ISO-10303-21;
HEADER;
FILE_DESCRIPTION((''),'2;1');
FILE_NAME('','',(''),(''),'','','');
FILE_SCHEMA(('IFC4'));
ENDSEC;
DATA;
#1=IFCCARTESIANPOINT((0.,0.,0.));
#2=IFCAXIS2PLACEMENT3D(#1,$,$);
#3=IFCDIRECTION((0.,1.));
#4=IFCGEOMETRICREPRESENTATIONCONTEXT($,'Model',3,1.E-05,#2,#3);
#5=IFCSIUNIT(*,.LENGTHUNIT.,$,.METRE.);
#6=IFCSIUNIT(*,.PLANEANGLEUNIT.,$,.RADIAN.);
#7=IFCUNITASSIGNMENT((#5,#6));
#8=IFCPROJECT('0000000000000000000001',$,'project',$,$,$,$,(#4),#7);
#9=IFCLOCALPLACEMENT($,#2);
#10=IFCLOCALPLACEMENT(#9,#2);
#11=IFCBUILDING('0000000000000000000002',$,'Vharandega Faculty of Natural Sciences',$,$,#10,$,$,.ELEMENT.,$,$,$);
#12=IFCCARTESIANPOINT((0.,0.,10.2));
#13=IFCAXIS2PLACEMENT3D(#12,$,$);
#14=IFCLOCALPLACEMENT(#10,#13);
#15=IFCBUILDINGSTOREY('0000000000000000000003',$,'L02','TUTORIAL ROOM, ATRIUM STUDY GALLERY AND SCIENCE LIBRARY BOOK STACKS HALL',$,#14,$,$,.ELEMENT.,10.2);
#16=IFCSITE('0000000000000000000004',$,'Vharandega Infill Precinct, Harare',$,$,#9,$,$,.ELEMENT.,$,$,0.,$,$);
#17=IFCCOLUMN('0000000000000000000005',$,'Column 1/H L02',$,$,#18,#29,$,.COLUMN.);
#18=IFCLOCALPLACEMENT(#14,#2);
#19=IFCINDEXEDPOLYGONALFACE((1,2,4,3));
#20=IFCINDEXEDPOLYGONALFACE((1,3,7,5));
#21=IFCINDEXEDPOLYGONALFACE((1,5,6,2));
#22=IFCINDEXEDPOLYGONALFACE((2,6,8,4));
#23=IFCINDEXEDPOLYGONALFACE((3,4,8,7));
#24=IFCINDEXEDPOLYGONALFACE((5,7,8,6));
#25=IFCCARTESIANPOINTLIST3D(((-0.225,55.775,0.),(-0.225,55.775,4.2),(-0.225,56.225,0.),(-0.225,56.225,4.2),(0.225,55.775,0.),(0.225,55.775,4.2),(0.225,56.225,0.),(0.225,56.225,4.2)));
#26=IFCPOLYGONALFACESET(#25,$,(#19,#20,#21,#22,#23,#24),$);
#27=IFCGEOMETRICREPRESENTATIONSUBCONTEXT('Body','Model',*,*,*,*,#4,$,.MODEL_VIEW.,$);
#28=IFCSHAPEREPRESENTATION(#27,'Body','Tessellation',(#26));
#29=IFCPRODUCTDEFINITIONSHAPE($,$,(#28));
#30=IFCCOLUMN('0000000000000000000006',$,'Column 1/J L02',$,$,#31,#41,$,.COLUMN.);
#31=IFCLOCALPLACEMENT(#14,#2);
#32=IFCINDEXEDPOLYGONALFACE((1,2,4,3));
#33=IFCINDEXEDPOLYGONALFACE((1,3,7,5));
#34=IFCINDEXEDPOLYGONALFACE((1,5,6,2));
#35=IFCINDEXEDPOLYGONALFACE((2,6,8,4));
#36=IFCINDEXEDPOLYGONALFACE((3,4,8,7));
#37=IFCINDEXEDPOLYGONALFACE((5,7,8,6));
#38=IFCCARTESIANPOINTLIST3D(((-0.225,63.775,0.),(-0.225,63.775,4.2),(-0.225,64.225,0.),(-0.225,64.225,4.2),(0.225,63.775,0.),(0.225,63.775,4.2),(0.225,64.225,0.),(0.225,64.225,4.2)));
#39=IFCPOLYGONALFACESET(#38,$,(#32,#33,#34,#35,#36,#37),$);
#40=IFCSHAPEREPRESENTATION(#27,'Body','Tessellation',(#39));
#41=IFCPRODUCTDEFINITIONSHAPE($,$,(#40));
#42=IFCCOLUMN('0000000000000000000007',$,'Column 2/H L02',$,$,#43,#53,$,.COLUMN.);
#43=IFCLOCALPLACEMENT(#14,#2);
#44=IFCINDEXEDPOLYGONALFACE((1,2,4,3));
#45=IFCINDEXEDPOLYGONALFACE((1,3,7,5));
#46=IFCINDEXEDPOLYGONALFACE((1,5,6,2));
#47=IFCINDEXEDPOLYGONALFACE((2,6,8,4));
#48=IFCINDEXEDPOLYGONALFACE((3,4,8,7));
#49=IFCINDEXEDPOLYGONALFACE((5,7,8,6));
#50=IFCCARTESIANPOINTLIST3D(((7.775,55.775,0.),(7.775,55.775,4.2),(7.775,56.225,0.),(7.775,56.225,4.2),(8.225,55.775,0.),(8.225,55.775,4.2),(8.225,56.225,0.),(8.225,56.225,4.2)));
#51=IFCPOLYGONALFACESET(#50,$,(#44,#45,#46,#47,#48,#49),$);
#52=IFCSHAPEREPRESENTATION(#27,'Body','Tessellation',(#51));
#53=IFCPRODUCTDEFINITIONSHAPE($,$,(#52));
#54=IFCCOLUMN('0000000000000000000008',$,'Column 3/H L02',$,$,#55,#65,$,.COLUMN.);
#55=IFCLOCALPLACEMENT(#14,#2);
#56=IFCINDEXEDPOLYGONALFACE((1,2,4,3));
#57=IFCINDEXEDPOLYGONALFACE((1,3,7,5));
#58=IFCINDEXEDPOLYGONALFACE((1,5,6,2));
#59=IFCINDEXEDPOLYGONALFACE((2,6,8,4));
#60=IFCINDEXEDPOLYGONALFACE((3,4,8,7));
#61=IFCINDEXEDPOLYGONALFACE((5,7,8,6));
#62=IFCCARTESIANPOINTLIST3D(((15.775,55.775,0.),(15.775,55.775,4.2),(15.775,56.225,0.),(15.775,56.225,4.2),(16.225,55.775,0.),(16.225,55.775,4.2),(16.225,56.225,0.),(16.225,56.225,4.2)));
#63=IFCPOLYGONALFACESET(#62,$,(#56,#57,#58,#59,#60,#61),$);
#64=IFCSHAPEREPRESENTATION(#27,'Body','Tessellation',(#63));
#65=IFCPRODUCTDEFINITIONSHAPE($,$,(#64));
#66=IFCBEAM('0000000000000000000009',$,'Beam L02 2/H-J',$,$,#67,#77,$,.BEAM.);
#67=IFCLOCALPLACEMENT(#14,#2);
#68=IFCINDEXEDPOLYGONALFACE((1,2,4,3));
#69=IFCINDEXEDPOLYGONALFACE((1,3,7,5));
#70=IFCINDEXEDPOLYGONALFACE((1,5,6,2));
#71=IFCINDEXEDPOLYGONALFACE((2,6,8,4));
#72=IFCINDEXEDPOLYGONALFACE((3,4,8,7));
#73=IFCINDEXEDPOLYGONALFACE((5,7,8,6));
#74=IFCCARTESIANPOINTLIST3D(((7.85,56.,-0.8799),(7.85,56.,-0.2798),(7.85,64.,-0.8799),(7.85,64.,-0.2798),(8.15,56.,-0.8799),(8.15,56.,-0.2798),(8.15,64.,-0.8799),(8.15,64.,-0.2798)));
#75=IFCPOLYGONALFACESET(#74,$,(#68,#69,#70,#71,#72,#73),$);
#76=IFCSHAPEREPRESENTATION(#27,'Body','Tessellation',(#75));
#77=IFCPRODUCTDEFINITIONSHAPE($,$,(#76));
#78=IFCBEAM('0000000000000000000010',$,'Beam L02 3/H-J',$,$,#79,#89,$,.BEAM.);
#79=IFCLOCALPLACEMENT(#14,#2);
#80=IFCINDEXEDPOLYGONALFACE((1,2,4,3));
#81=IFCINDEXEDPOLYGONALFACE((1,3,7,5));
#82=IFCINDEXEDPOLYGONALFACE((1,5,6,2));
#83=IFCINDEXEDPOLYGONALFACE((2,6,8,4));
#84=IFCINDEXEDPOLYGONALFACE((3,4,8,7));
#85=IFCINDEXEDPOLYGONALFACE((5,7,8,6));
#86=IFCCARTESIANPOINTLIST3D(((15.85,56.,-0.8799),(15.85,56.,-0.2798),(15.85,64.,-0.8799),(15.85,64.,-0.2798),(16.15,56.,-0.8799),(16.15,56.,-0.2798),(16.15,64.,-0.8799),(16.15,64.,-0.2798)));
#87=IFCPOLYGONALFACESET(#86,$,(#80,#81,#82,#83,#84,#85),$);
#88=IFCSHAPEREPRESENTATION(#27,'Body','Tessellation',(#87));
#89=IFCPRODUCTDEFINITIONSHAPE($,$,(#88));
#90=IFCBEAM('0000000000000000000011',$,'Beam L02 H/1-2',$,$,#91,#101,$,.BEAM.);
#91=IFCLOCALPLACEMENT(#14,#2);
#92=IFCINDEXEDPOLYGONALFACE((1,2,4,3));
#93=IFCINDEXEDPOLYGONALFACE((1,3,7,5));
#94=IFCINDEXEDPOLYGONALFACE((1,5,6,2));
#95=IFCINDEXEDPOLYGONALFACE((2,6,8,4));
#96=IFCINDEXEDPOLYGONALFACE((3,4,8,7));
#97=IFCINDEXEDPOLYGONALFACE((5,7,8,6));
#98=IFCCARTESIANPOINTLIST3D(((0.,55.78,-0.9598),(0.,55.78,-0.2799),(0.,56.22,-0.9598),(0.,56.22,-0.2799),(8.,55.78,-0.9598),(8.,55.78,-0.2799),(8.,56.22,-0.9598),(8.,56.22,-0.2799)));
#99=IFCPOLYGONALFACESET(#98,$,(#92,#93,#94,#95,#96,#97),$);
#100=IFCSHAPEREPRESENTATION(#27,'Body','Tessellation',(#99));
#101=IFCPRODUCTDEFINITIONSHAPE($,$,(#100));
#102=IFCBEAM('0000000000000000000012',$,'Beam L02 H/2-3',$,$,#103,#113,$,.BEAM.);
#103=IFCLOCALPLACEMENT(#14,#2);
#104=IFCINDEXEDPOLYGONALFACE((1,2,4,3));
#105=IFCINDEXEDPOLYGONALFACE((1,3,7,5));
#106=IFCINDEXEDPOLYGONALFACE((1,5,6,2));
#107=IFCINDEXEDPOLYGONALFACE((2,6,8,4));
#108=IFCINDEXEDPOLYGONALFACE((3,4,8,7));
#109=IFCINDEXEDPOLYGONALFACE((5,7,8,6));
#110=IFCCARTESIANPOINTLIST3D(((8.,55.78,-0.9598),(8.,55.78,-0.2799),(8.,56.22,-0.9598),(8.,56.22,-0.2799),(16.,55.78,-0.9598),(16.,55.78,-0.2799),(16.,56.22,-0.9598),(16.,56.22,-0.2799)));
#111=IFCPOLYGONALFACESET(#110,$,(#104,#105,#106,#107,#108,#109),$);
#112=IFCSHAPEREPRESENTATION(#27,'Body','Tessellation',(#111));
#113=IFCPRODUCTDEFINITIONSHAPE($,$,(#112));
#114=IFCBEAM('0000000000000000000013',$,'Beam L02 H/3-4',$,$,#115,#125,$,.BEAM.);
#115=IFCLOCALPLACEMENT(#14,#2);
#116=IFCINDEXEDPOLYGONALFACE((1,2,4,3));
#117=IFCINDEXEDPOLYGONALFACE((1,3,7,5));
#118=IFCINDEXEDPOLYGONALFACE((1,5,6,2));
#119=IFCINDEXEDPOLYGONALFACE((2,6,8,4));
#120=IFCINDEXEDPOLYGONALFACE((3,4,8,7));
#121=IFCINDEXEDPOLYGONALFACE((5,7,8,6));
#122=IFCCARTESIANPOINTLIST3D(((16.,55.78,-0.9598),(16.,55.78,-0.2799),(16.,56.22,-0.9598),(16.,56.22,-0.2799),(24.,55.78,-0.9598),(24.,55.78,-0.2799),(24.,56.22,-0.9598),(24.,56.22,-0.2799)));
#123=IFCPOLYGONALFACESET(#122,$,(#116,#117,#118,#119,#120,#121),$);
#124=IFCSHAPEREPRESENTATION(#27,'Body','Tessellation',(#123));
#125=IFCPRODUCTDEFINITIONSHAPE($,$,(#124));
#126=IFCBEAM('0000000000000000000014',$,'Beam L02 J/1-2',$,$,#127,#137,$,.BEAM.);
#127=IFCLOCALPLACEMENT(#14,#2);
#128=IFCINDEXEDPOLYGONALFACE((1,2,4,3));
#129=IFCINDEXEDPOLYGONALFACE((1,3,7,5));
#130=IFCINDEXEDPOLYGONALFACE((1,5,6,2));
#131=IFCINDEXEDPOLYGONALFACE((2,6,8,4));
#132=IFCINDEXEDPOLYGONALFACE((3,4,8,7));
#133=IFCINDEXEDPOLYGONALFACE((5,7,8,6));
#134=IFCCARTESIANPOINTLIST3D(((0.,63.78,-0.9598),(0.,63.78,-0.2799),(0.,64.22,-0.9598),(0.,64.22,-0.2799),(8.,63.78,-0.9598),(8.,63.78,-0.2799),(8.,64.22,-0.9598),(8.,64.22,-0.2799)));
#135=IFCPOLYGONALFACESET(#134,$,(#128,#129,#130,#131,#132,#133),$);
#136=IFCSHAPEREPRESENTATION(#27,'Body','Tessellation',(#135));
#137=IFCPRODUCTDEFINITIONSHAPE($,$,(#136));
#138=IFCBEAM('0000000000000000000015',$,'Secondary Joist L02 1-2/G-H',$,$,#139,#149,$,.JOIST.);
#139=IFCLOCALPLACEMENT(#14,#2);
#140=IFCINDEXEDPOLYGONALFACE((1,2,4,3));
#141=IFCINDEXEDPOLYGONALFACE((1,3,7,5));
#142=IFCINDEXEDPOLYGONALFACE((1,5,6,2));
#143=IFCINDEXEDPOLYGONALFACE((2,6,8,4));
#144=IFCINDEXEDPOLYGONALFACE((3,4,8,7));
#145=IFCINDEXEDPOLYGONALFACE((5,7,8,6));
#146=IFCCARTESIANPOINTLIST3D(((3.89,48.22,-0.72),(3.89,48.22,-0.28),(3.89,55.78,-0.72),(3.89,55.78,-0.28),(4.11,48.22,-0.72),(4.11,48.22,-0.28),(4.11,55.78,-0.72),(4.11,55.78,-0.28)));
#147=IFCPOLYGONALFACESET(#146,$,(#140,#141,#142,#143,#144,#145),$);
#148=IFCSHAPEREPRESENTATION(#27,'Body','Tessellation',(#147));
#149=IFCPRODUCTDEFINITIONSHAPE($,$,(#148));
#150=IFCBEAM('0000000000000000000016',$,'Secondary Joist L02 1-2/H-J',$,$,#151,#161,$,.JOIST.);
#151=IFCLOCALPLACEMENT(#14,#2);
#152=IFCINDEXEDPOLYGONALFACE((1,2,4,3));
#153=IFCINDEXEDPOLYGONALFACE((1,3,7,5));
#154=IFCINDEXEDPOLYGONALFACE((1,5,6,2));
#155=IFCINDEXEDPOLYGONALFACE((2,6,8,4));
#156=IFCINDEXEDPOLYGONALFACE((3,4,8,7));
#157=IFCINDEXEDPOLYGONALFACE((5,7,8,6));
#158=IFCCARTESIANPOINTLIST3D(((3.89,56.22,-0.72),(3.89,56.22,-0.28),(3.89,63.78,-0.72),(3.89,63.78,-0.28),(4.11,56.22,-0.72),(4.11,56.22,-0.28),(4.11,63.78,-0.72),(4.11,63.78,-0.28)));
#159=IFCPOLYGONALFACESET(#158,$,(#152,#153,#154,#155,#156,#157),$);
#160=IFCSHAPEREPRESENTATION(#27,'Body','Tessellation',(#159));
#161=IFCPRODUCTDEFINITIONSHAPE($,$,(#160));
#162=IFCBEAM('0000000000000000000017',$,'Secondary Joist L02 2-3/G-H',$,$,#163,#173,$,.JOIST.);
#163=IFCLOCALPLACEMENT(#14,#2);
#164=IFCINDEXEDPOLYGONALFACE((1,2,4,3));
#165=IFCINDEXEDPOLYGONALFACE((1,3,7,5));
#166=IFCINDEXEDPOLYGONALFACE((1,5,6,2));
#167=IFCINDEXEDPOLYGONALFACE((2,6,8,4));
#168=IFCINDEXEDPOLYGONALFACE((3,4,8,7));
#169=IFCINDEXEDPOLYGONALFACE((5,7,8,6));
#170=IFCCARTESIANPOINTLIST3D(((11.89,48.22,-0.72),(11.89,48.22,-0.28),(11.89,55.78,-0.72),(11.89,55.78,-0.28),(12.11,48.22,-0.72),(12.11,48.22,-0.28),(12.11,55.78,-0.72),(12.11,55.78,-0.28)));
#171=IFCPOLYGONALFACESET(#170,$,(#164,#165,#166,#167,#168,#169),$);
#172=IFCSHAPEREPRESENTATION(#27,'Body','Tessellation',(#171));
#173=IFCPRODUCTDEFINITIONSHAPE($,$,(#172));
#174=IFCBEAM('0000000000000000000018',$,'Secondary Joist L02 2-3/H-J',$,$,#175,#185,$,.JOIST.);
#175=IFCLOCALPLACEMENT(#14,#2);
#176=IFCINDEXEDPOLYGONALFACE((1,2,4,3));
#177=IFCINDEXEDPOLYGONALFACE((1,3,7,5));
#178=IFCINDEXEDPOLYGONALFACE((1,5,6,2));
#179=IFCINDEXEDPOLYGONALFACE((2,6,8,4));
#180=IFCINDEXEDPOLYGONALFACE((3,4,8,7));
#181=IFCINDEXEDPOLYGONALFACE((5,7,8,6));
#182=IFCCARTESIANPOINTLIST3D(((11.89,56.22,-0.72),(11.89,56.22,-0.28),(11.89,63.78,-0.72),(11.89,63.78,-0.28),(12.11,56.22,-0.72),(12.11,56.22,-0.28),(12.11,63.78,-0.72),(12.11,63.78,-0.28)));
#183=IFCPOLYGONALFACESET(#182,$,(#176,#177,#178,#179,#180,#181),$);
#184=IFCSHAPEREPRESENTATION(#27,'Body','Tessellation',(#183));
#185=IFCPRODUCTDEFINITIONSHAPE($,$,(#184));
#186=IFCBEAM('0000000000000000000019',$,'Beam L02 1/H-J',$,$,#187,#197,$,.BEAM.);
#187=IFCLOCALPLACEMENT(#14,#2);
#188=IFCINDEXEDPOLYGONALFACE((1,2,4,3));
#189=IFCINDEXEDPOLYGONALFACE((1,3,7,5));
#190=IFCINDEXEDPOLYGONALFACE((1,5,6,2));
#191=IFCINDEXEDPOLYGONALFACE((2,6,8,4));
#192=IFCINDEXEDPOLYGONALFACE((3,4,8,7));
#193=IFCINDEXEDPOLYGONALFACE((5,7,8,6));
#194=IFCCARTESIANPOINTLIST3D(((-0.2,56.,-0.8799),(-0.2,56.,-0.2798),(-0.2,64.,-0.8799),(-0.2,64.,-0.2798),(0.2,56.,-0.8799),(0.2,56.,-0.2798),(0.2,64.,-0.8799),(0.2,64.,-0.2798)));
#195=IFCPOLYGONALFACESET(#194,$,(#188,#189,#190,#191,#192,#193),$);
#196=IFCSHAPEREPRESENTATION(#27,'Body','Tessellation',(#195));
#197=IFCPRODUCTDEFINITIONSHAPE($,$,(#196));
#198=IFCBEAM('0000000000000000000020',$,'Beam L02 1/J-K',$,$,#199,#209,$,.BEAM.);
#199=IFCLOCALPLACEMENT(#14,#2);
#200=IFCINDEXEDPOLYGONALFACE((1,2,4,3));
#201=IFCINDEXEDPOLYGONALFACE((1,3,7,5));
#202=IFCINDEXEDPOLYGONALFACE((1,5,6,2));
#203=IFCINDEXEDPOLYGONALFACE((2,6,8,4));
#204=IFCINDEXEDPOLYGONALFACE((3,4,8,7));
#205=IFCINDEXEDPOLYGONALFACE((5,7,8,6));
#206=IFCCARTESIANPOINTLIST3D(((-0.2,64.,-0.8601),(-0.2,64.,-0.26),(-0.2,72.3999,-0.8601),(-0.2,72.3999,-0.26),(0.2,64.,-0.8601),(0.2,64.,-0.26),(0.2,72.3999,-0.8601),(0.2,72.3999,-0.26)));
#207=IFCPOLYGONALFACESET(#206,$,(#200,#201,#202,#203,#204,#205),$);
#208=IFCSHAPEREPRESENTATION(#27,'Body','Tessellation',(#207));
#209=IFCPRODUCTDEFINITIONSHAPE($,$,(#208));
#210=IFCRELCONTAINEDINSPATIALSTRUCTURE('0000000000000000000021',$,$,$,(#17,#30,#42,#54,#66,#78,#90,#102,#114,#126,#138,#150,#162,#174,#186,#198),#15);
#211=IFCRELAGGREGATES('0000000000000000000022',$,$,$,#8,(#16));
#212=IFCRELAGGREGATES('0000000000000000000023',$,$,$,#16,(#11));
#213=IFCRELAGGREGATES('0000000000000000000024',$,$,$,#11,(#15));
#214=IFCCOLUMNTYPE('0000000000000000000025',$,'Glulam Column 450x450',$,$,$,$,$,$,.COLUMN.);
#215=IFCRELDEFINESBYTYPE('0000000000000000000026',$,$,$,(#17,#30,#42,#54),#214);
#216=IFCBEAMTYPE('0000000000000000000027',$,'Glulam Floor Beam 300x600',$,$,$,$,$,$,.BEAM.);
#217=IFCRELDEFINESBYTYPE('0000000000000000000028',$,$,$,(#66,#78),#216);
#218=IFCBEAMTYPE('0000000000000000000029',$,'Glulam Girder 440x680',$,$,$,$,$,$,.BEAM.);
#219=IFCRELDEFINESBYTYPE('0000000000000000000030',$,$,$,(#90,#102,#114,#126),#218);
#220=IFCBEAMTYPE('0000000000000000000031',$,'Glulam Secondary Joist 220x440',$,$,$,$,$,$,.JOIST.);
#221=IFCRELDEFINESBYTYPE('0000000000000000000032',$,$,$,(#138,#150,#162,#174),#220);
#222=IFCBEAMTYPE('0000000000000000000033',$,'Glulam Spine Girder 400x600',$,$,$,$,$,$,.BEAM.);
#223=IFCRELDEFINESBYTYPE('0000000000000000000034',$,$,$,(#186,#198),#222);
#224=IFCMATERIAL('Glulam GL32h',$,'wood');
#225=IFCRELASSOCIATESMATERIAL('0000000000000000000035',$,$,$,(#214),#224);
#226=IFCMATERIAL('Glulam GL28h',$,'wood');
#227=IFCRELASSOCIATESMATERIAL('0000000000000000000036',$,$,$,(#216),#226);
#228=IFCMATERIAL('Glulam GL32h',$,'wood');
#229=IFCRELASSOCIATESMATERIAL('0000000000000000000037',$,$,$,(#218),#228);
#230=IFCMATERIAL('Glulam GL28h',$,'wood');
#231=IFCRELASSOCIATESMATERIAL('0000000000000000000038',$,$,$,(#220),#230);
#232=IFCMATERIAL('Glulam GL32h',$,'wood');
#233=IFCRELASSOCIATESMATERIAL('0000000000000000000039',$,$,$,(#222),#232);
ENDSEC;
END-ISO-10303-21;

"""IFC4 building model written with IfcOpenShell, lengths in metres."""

from ifc_helpers import new_model, si_unit, direction, frame, origin, origin_2d, place, context, subcontext, project, spatial, rectangle, extrude, material, material_profile, profile_set, type_object, element, save


model = new_model("IFC4")

# Units and contexts
model_context = context("Model", 3, precision=1e-05, world=origin(), true_north=direction((0.0, 1.0)))
body_context = subcontext(model_context, "Body", "Model", "MODEL_VIEW")
ifc_project = project(units=[si_unit("LENGTHUNIT", "METRE"), si_unit("PLANEANGLEUNIT", "RADIAN")], contexts=[model_context])

# Site, building, storey
site_placement = place(None, origin())
site = spatial("IfcSite", under=ifc_project, at=site_placement, Name="Vharandega Infill Precinct, Harare", CompositionType="ELEMENT", RefElevation=0.0)
building_placement = place(site_placement, origin())
building = spatial("IfcBuilding", under=site, at=building_placement, Name="Vharandega Faculty of Natural Sciences", CompositionType="ELEMENT")
storey_placement = place(building_placement, frame((0.0, 0.0, 10.2)))
storey = spatial("IfcBuildingStorey", under=building, at=storey_placement, Name="L02", Description="TUTORIAL ROOM, ATRIUM STUDY GALLERY AND SCIENCE LIBRARY BOOK STACKS HALL", CompositionType="ELEMENT", Elevation=10.2)

# Columns
ifc_material_1 = material(Name="Glulam GL32h", Category="wood")
ifc_material_profile_1 = material_profile(ifc_material_1, rectangle(XDim=0.45, YDim=0.45, at=origin_2d()), Name="GL32h 450x450")
ifc_profile_set_1 = profile_set([ifc_material_profile_1], Name="Glulam GL32h")
column_type = type_object("IfcColumnType", Name="Glulam Column 450x450", PredefinedType="COLUMN", material=ifc_profile_set_1)
for number, where, z_axis, x_axis, name in (
    (1, (0.0, 56.0, 0.0), (0.0, 0.0, 1.0), (1.0, 0.0, 0.0), "Column 1/H L02"),
    (2, (0.0, 64.0, 0.0), (0.0, 0.0, 1.0), (1.0, 0.0, 0.0), "Column 1/J L02"),
    (3, (8.0, 56.0, 0.0), (0.0, 0.0, 1.0), (1.0, 0.0, 0.0), "Column 2/H L02"),
    (4, (16.0, 56.0, 0.0), (0.0, 0.0, 1.0), (1.0, 0.0, 0.0), "Column 3/H L02"),
):
    element("IfcColumn", number, at=place(storey_placement, frame(where, z_axis=z_axis, x_axis=x_axis)), inside=storey, type_object=column_type, Name=name, PredefinedType="COLUMN", context=body_context, shape_type="SweptSolid", body=[
        extrude(rectangle(XDim=0.45, YDim=0.45, at=origin_2d()), origin(), (0.0, 0.0, 1.0), 4.2),
    ])

# Beams
ifc_material_2 = material(Name="Glulam GL28h", Category="wood")
ifc_material_profile_2 = material_profile(ifc_material_2, rectangle(XDim=0.3, YDim=0.6001, at=origin_2d()), Name="GL28h 300x600")
ifc_profile_set_2 = profile_set([ifc_material_profile_2], Name="Glulam GL28h")
beam_type_1 = type_object("IfcBeamType", Name="Glulam Floor Beam 300x600", PredefinedType="BEAM", material=ifc_profile_set_2)
for number, where, z_axis, x_axis, name in (
    (5, (8.0, 56.0, -0.5798), (0.0, 1.0, 0.0), (-1.0, 0.0, 0.0), "Beam L02 2/H-J"),
    (6, (16.0, 56.0, -0.5798), (0.0, 1.0, 0.0), (-1.0, 0.0, 0.0), "Beam L02 3/H-J"),
):
    element("IfcBeam", number, at=place(storey_placement, frame(where, z_axis=z_axis, x_axis=x_axis)), inside=storey, type_object=beam_type_1, Name=name, PredefinedType="BEAM", context=body_context, shape_type="SweptSolid", body=[
        extrude(rectangle(XDim=0.3, YDim=0.6001, at=origin_2d()), origin(), (0.0, 0.0, 1.0), 8.0),
    ])
ifc_material_3 = material(Name="Glulam GL32h", Category="wood")
ifc_material_profile_3 = material_profile(ifc_material_3, rectangle(XDim=0.4399, YDim=0.6799, at=origin_2d()), Name="GL32h 440x680")
ifc_profile_set_3 = profile_set([ifc_material_profile_3], Name="Glulam GL32h")
beam_type_2 = type_object("IfcBeamType", Name="Glulam Girder 440x680", PredefinedType="BEAM", material=ifc_profile_set_3)
for number, where, z_axis, x_axis, name in (
    (7, (0.0, 56.0, -0.6199), (1.0, 0.0, 0.0), (0.0, 1.0, 0.0), "Beam L02 H/1-2"),
    (8, (8.0, 56.0, -0.6199), (1.0, 0.0, 0.0), (0.0, 1.0, 0.0), "Beam L02 H/2-3"),
    (9, (16.0, 56.0, -0.6199), (1.0, 0.0, 0.0), (0.0, 1.0, 0.0), "Beam L02 H/3-4"),
    (10, (0.0, 64.0, -0.6199), (1.0, 0.0, 0.0), (0.0, 1.0, 0.0), "Beam L02 J/1-2"),
):
    element("IfcBeam", number, at=place(storey_placement, frame(where, z_axis=z_axis, x_axis=x_axis)), inside=storey, type_object=beam_type_2, Name=name, PredefinedType="BEAM", context=body_context, shape_type="SweptSolid", body=[
        extrude(rectangle(XDim=0.4399, YDim=0.6799, at=origin_2d()), origin(), (0.0, 0.0, 1.0), 8.0),
    ])
ifc_material_4 = material(Name="Glulam GL28h", Category="wood")
ifc_material_profile_4 = material_profile(ifc_material_4, rectangle(XDim=0.22, YDim=0.4399, at=origin_2d()), Name="GL28h 220x440")
ifc_profile_set_4 = profile_set([ifc_material_profile_4], Name="Glulam GL28h")
beam_type_3 = type_object("IfcBeamType", Name="Glulam Secondary Joist 220x440", PredefinedType="JOIST", material=ifc_profile_set_4)
for number, where, z_axis, x_axis, name in (
    (11, (4.0, 48.22, -0.5), (0.0, 1.0, 0.0), (-1.0, 0.0, 0.0), "Secondary Joist L02 1-2/G-H"),
    (12, (4.0, 56.22, -0.5), (0.0, 1.0, 0.0), (-1.0, 0.0, 0.0), "Secondary Joist L02 1-2/H-J"),
    (13, (12.0, 48.22, -0.5), (0.0, 1.0, 0.0), (-1.0, 0.0, 0.0), "Secondary Joist L02 2-3/G-H"),
    (14, (12.0, 56.22, -0.5), (0.0, 1.0, 0.0), (-1.0, 0.0, 0.0), "Secondary Joist L02 2-3/H-J"),
):
    element("IfcBeam", number, at=place(storey_placement, frame(where, z_axis=z_axis, x_axis=x_axis)), inside=storey, type_object=beam_type_3, Name=name, PredefinedType="JOIST", context=body_context, shape_type="SweptSolid", body=[
        extrude(rectangle(XDim=0.22, YDim=0.4399, at=origin_2d()), origin(), (0.0, 0.0, 1.0), 7.5601),
    ])
ifc_material_5 = material(Name="Glulam GL32h", Category="wood")
ifc_material_profile_5 = material_profile(ifc_material_5, rectangle(XDim=0.3999, YDim=0.6001, at=origin_2d()), Name="GL32h 400x600")
ifc_profile_set_5 = profile_set([ifc_material_profile_5], Name="Glulam GL32h")
beam_type_4 = type_object("IfcBeamType", Name="Glulam Spine Girder 400x600", PredefinedType="BEAM", material=ifc_profile_set_5)
beam_1_placement = place(storey_placement, frame((0.0, 56.0, -0.5798), z_axis=(0.0, 1.0, 0.0), x_axis=(-1.0, 0.0, 0.0)))
element("IfcBeam", 15, at=beam_1_placement, inside=storey, type_object=beam_type_4, Name="Beam L02 1/H-J", PredefinedType="BEAM", context=body_context, shape_type="SweptSolid", body=[
    extrude(rectangle(XDim=0.3999, YDim=0.6001, at=origin_2d()), origin(), (0.0, 0.0, 1.0), 8.0),
])
beam_2_placement = place(storey_placement, frame((0.0, 64.0, -0.5601), z_axis=(0.0, 1.0, 0.0), x_axis=(-1.0, 0.0, 0.0)))
element("IfcBeam", 16, at=beam_2_placement, inside=storey, type_object=beam_type_4, Name="Beam L02 1/J-K", PredefinedType="BEAM", context=body_context, shape_type="SweptSolid", body=[
    extrude(rectangle(XDim=0.3999, YDim=0.6001, at=origin_2d()), origin(), (0.0, 0.0, 1.0), 8.3999),
])

save(model, "model.ifc")
